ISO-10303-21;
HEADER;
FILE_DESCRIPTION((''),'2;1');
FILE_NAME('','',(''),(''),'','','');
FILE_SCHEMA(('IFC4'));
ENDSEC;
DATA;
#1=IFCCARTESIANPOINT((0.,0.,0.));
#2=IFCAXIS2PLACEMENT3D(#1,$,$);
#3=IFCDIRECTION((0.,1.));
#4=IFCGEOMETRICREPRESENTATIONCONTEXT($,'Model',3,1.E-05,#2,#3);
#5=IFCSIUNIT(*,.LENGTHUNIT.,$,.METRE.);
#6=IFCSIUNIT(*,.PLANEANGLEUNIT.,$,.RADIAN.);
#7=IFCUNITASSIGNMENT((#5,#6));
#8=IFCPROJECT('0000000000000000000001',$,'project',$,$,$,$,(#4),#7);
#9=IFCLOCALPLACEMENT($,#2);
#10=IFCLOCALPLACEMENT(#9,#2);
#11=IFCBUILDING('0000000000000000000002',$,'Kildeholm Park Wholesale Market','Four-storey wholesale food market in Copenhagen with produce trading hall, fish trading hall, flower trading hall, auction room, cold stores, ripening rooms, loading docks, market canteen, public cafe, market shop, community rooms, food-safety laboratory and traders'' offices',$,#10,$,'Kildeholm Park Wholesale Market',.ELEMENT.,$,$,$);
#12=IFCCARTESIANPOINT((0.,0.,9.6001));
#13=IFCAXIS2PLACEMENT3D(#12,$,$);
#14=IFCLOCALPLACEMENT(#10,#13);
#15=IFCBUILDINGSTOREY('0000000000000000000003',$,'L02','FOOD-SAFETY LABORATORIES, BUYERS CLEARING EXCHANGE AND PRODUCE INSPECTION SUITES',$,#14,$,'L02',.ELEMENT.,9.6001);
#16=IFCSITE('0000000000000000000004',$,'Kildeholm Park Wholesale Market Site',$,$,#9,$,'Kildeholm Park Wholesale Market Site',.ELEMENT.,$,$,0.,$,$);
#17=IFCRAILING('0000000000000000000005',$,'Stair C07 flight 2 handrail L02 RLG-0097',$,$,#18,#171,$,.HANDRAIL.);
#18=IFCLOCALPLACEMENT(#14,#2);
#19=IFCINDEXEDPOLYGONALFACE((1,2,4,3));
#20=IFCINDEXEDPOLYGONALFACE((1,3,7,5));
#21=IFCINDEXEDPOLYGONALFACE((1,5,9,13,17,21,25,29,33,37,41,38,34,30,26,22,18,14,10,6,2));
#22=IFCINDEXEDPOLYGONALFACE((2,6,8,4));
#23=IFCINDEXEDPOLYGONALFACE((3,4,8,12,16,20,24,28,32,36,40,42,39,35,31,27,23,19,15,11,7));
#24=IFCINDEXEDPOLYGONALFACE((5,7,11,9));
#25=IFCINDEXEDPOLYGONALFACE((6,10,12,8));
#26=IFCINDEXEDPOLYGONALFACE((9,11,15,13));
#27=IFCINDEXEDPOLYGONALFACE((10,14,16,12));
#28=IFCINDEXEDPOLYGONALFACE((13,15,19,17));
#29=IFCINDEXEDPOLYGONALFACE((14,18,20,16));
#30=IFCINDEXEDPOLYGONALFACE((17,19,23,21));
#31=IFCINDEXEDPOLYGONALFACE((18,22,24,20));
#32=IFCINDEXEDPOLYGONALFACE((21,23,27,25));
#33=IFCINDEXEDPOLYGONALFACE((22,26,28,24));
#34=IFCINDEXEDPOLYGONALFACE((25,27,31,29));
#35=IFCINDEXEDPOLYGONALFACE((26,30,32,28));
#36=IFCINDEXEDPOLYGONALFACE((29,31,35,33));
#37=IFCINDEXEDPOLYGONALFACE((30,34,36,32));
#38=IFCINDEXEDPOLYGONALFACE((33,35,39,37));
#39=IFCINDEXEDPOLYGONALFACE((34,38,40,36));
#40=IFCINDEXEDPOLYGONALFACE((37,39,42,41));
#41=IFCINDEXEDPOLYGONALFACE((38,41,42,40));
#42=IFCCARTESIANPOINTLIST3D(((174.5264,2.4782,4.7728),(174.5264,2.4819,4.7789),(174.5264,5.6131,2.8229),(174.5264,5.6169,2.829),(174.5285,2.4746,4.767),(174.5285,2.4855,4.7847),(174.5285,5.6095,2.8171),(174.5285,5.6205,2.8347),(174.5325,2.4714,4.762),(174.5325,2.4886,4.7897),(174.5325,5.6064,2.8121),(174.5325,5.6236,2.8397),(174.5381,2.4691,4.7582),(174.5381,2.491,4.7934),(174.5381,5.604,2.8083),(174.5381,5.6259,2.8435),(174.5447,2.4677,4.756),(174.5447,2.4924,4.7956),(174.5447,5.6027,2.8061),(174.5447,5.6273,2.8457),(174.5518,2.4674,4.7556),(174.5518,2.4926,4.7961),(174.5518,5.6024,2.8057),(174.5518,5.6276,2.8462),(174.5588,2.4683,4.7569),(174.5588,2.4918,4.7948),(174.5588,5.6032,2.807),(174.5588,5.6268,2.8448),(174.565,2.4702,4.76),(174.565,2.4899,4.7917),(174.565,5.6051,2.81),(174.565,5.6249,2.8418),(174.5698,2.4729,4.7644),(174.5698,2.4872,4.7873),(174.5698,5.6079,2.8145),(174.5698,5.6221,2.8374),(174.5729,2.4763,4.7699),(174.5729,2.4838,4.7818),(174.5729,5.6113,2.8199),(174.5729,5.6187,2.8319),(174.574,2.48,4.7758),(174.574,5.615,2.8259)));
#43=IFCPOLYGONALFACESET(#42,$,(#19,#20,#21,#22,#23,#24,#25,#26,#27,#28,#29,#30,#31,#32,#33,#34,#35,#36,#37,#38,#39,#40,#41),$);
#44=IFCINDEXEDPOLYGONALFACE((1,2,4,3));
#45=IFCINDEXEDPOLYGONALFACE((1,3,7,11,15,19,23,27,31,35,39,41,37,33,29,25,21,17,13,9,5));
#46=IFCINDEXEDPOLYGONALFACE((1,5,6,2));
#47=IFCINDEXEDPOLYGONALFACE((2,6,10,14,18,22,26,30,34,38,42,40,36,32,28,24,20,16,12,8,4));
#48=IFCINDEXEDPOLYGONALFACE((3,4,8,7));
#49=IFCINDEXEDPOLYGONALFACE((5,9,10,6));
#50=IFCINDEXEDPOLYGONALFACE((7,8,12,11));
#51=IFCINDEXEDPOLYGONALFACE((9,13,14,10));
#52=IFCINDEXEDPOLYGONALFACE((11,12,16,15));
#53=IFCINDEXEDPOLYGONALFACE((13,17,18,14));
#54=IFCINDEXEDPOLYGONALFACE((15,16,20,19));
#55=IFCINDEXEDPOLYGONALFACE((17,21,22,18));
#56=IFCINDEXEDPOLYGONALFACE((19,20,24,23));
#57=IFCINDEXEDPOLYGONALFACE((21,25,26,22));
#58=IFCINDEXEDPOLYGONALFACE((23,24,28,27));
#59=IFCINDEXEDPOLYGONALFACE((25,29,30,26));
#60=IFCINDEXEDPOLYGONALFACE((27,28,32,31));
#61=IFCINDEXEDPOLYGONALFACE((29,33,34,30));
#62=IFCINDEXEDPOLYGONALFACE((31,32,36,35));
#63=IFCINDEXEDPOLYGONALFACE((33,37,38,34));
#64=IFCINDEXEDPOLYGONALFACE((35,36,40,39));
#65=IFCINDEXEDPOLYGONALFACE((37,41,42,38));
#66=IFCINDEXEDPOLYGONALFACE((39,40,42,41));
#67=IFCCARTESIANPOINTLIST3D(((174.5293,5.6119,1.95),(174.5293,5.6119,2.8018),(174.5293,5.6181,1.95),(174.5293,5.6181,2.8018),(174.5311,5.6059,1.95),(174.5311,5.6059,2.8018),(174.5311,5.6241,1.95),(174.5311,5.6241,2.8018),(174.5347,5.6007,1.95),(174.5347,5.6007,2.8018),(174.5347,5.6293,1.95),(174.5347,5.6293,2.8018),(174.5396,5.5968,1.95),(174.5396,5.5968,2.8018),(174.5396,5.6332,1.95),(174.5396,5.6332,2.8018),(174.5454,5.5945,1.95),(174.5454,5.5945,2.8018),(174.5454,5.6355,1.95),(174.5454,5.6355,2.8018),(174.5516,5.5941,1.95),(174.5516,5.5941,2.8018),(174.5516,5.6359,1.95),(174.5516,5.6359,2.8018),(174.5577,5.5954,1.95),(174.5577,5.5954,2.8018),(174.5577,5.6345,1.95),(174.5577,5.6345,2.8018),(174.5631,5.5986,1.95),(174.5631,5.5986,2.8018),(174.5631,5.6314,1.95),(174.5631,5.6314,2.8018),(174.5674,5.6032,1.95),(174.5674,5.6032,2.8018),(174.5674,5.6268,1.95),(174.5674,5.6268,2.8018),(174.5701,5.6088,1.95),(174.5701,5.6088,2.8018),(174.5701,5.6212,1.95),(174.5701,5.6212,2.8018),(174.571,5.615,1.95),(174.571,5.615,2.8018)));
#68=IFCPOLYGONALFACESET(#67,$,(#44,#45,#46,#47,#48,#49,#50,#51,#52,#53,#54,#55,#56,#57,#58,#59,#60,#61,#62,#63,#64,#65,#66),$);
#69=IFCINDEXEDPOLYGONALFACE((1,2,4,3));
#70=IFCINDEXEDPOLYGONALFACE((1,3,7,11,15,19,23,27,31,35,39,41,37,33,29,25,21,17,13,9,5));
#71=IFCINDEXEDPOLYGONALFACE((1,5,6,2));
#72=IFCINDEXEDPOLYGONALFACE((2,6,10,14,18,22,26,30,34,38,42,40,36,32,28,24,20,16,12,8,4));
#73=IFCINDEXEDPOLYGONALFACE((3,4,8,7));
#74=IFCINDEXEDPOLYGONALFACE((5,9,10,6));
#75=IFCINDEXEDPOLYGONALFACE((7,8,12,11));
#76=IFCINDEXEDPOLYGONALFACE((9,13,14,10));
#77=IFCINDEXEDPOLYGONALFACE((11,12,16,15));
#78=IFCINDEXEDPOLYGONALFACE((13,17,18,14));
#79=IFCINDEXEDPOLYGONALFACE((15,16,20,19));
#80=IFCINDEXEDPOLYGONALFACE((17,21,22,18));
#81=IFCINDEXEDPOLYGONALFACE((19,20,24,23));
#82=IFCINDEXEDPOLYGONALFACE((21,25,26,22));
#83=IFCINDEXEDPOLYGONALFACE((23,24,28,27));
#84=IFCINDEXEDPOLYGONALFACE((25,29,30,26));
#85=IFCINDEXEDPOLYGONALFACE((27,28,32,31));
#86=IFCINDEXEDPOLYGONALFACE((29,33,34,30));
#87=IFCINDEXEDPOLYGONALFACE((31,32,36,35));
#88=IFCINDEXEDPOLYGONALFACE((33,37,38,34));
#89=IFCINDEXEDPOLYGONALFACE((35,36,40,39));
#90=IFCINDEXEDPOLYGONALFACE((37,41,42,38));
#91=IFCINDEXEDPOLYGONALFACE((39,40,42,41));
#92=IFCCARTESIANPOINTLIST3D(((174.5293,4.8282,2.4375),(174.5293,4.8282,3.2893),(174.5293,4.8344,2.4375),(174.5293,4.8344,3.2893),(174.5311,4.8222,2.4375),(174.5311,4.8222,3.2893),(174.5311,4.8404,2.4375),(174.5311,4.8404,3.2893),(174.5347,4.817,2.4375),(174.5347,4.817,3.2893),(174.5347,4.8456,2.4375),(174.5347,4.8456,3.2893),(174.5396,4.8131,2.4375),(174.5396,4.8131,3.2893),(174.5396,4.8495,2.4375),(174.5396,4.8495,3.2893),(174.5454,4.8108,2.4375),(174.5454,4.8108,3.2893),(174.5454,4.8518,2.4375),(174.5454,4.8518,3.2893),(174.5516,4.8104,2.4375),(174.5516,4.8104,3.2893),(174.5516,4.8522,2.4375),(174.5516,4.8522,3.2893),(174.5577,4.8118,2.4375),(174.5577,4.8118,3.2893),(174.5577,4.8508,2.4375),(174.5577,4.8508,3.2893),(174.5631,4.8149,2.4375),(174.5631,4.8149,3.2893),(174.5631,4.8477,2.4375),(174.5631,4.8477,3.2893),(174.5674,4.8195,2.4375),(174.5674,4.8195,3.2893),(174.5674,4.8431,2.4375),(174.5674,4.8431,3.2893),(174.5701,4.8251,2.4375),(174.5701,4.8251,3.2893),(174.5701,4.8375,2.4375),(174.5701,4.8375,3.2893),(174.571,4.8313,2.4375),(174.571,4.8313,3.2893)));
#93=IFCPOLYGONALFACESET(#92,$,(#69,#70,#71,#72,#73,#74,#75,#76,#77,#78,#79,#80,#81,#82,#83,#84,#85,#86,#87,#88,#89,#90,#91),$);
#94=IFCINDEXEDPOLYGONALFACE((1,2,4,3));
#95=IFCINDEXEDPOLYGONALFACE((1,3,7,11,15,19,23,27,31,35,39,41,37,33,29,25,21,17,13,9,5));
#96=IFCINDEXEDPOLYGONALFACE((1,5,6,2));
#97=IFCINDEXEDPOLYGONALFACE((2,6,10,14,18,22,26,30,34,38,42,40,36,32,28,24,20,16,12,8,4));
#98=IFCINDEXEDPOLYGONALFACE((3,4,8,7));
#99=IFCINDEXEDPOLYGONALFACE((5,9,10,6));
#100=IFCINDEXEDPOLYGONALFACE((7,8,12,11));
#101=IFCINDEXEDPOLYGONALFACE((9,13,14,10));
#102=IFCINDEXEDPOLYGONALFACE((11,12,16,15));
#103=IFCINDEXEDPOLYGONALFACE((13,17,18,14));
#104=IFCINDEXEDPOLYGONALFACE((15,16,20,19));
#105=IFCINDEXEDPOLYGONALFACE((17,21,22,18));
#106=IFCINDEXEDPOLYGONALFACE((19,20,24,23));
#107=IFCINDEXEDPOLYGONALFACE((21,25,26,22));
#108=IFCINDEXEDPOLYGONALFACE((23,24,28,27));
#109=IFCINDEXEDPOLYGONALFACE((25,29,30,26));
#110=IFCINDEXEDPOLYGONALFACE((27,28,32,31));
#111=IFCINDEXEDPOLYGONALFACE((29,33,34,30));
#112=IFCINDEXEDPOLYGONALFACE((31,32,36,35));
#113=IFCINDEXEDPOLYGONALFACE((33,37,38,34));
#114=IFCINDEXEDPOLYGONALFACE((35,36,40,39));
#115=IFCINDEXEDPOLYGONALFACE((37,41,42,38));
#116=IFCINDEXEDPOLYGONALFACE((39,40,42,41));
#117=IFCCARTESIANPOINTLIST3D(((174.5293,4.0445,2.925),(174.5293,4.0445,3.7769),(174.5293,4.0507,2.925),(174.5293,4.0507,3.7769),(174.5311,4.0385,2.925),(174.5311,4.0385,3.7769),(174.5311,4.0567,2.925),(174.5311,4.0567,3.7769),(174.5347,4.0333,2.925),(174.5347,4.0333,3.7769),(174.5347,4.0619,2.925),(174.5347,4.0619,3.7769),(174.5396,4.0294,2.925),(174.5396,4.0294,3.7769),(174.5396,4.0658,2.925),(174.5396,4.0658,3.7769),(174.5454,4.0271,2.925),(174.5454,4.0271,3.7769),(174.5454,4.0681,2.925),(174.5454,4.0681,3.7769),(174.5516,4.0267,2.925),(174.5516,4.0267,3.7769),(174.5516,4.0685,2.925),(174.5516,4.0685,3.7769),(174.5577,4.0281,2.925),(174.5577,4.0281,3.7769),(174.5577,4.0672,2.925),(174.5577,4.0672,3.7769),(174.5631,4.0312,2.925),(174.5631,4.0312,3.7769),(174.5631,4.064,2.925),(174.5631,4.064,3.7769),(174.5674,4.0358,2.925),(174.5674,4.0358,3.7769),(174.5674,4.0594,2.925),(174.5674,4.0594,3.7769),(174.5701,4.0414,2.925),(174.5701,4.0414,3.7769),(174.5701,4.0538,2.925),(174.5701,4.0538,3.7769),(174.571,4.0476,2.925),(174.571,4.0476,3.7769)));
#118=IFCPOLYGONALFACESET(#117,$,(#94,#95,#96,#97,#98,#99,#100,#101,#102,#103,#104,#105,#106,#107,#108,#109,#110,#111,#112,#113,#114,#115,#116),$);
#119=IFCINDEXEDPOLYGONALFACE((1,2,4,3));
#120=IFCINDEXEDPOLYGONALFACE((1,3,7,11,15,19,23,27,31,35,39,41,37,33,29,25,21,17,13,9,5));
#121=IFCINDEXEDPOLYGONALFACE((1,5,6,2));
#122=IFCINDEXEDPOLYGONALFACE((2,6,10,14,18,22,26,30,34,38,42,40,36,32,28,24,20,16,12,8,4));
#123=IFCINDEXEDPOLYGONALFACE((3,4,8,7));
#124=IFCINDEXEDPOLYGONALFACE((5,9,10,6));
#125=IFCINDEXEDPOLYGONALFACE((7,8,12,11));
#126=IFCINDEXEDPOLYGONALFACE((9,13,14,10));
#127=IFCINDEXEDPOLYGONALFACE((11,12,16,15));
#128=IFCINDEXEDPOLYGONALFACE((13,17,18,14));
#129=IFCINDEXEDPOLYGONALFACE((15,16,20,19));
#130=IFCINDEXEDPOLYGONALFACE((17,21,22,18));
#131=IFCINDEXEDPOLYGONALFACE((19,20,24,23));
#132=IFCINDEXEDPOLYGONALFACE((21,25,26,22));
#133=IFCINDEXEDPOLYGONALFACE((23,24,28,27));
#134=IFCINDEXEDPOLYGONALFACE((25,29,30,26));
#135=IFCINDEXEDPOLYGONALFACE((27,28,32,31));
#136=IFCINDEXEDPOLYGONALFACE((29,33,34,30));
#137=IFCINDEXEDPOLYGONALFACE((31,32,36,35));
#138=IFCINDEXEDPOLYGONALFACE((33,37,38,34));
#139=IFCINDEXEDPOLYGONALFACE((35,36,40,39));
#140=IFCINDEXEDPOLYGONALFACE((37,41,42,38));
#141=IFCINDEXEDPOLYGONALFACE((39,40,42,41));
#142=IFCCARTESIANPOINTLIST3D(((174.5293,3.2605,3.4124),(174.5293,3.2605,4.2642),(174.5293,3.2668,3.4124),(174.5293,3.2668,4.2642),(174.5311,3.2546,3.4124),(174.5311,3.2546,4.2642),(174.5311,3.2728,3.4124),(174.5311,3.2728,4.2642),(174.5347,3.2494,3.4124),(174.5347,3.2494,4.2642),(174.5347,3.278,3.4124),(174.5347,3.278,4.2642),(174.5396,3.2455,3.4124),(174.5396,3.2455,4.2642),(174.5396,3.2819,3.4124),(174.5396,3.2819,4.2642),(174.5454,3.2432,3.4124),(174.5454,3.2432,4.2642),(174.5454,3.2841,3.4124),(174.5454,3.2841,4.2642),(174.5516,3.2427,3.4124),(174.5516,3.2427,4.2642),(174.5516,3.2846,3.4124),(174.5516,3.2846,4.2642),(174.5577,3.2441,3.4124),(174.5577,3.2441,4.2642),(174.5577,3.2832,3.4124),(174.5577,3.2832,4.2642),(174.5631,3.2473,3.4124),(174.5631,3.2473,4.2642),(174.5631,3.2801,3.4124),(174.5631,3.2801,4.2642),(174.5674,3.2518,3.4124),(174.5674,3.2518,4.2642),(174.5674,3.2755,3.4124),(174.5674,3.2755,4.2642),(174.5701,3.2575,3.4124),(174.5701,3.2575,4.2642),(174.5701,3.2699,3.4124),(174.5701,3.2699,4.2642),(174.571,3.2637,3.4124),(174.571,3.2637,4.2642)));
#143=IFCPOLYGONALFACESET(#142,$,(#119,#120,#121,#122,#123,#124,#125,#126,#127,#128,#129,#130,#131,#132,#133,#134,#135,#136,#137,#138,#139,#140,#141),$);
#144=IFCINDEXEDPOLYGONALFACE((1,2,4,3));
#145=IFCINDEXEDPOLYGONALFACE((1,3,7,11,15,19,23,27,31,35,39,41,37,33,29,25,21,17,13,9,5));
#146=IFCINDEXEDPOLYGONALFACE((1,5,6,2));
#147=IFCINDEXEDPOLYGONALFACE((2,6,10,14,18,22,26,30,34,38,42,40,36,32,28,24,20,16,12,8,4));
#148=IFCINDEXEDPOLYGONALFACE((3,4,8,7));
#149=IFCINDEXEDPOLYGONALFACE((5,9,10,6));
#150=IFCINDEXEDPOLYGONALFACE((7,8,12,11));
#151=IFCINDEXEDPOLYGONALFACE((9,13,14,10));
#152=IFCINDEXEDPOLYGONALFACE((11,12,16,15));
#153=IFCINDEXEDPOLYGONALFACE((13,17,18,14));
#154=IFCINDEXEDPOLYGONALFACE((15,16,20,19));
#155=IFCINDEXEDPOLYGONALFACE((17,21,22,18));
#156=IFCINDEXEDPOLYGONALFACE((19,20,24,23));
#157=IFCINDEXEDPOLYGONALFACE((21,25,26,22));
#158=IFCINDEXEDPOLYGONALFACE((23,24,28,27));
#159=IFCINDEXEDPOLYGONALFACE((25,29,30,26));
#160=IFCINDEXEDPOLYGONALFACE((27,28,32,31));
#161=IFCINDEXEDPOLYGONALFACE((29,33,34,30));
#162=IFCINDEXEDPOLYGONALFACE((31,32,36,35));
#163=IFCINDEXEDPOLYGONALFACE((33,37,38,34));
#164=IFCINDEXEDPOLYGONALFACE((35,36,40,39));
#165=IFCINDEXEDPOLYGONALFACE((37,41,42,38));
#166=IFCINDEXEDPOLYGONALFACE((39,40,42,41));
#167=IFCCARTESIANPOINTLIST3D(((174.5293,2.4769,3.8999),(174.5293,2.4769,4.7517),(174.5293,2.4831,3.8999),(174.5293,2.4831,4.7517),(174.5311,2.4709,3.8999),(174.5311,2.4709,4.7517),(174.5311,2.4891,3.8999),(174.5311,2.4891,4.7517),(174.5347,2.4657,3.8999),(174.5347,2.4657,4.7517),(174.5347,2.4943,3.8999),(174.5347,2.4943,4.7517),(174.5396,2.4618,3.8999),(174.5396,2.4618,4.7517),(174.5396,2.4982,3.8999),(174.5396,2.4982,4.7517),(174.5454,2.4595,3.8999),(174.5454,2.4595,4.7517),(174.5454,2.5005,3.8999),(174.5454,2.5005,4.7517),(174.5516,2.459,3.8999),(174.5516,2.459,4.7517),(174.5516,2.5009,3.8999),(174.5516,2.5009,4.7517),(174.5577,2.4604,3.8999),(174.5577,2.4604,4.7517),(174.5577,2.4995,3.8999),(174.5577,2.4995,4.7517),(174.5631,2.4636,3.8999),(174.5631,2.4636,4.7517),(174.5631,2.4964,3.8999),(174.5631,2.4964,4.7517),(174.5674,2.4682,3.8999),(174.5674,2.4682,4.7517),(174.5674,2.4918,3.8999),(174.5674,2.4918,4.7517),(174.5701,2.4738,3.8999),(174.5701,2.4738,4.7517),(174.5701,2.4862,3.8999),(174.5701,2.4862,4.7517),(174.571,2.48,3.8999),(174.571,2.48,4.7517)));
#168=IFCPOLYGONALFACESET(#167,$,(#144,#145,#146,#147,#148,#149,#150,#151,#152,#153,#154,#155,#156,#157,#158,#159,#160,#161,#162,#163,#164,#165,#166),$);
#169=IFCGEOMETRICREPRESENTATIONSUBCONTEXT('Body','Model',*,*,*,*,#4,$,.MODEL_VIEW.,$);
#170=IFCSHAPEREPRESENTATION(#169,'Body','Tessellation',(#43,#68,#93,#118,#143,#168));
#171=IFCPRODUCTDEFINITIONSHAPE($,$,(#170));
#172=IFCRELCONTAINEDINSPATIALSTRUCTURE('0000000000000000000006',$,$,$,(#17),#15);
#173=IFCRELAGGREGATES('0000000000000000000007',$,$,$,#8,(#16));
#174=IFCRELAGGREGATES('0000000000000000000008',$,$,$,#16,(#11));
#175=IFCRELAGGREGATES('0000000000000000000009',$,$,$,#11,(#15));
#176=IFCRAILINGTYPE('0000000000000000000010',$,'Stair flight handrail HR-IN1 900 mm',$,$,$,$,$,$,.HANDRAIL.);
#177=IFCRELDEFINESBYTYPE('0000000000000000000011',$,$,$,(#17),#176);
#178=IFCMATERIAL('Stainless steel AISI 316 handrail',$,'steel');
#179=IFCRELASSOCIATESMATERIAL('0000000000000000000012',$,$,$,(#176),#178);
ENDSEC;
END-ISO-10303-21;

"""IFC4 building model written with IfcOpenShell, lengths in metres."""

from ifc_helpers import new_model, si_unit, direction, frame, origin, origin_2d, place, context, subcontext, project, spatial, circle, extrude, material, type_object, element, save


model = new_model("IFC4")

# Units and contexts
model_context = context("Model", 3, precision=1e-05, world=origin(), true_north=direction((0.0, 1.0)))
body_context = subcontext(model_context, "Body", "Model", "MODEL_VIEW")
ifc_project = project(units=[si_unit("LENGTHUNIT", "METRE"), si_unit("PLANEANGLEUNIT", "RADIAN")], contexts=[model_context])

# Site, building, storey
site_placement = place(None, origin())
site = spatial("IfcSite", under=ifc_project, at=site_placement, Name="Kildeholm Park Wholesale Market Site", LongName="Kildeholm Park Wholesale Market Site", CompositionType="ELEMENT", RefElevation=0.0)
building_placement = place(site_placement, origin())
building = spatial("IfcBuilding", under=site, at=building_placement, Name="Kildeholm Park Wholesale Market", Description="Four-storey wholesale food market in Copenhagen with produce trading hall, fish trading hall, flower trading hall, auction room, cold stores, ripening rooms, loading docks, market canteen, public cafe, market shop, community rooms, food-safety laboratory and traders' offices", LongName="Kildeholm Park Wholesale Market", CompositionType="ELEMENT")
storey_placement = place(building_placement, frame((0.0, 0.0, 9.6001)))
storey = spatial("IfcBuildingStorey", under=building, at=storey_placement, Name="L02", Description="FOOD-SAFETY LABORATORIES, BUYERS CLEARING EXCHANGE AND PRODUCE INSPECTION SUITES", LongName="L02", CompositionType="ELEMENT", Elevation=9.6001)

# Railing
ifc_material_1 = material(Name="Stainless steel AISI 316 handrail", Category="steel")
railing_type = type_object("IfcRailingType", Name="Stair flight handrail HR-IN1 900 mm", PredefinedType="HANDRAIL", material=ifc_material_1)
railing_placement = place(storey_placement, frame((174.55, 5.615, 1.95)))
element("IfcRailing", 1, at=railing_placement, inside=storey, type_object=railing_type, Name="Stair C07 flight 2 handrail L02 RLG-0097", PredefinedType="HANDRAIL", context=body_context, shape_type="SweptSolid", body=[
    extrude(circle(Radius=0.0239, at=origin_2d()), frame((0.0, 0.0, 0.876), z_axis=(0.0, -0.849144, 0.528161), x_axis=(1.0, 0.0, 0.0)), (0.0, 0.0, 1.0), 3.6919),
    extrude(circle(Radius=0.021, at=origin_2d()), origin(), (0.0, 0.0, 1.0), 0.8518),
    extrude(circle(Radius=0.021, at=origin_2d()), frame((0.0, -0.7837, 0.4875)), (0.0, 0.0, 1.0), 0.8518),
    extrude(circle(Radius=0.021, at=origin_2d()), frame((0.0, -1.5674, 0.9751)), (0.0, 0.0, 1.0), 0.8518),
    extrude(circle(Radius=0.021, at=origin_2d()), frame((0.0, -2.3513, 1.4624)), (0.0, 0.0, 1.0), 0.8518),
    extrude(circle(Radius=0.021, at=origin_2d()), frame((0.0, -3.135, 1.95)), (0.0, 0.0, 1.0), 0.8518),
])

save(model, "model.ifc")
